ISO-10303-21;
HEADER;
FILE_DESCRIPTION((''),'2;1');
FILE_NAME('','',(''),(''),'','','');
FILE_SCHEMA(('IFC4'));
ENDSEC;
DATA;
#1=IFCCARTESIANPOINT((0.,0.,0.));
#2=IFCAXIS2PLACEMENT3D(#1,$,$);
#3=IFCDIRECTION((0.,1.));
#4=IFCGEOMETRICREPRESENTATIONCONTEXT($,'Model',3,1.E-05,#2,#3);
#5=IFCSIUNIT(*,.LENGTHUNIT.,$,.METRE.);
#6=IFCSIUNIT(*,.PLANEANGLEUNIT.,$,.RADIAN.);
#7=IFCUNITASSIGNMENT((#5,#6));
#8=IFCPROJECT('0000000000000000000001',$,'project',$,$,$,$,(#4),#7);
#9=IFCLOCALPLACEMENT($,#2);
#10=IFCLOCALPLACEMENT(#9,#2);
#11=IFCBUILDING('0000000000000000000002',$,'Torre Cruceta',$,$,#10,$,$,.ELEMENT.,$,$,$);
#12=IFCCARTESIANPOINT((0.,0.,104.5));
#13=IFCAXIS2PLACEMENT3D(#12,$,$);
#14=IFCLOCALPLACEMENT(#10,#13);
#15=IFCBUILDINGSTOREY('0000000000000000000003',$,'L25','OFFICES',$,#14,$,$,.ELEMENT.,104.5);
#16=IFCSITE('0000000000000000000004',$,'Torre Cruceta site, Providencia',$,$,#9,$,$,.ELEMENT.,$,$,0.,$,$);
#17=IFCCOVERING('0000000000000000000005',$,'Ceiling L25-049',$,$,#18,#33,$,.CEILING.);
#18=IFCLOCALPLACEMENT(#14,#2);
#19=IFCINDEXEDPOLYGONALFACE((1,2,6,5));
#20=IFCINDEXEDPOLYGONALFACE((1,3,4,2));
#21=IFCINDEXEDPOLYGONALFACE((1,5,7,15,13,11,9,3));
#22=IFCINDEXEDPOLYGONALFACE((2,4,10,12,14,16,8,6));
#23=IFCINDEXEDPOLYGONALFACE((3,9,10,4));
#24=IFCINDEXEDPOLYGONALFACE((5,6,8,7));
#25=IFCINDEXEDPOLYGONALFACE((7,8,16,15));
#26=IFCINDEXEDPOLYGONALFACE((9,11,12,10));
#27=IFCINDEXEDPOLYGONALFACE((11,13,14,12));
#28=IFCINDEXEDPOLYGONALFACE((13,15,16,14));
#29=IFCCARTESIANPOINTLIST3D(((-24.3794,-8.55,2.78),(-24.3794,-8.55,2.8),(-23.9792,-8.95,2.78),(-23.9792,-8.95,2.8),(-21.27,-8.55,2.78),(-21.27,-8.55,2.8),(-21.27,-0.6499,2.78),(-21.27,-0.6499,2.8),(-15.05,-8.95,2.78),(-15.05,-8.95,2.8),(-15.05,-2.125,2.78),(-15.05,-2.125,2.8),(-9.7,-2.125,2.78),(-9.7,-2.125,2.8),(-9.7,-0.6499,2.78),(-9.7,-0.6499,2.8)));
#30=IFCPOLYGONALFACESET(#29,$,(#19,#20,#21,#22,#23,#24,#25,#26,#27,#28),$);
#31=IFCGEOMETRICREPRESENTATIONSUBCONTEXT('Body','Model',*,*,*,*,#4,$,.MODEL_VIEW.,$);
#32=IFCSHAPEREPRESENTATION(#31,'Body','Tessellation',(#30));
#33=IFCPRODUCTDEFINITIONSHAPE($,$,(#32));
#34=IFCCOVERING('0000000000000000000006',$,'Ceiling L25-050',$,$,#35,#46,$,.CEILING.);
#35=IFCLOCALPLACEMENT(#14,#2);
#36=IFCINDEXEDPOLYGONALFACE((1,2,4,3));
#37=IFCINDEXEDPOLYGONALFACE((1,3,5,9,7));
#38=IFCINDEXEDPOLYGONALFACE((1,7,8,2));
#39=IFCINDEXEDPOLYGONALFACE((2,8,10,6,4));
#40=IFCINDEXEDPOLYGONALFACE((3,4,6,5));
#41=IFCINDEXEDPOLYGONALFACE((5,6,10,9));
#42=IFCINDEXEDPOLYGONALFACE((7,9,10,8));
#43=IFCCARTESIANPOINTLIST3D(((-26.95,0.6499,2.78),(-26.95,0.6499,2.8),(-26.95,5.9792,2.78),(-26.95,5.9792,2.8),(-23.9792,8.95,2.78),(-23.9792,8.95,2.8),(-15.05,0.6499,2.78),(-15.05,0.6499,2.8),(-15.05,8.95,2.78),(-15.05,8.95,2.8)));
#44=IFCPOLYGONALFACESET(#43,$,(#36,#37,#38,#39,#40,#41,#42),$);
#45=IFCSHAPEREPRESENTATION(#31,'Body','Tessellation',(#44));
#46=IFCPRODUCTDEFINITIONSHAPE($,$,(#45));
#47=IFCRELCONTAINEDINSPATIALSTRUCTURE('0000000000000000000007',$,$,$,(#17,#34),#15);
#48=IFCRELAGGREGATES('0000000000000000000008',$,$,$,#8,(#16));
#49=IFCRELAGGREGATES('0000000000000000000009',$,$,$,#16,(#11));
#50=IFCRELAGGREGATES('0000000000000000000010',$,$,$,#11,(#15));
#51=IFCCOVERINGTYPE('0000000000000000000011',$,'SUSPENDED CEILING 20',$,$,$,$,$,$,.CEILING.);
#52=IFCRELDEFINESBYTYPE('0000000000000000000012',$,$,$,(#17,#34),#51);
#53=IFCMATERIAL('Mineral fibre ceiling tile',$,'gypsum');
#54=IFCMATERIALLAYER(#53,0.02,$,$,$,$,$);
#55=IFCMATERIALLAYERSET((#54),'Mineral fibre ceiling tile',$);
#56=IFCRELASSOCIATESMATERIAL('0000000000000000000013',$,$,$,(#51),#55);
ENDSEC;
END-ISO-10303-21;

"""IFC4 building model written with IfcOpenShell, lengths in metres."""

from ifc_helpers import new_model, si_unit, direction, frame, origin, place, context, subcontext, project, spatial, polyline, outline, extrude, material, layer, layer_set, type_object, element, save


model = new_model("IFC4")

# Units and contexts
model_context = context("Model", 3, precision=1e-05, world=origin(), true_north=direction((0.0, 1.0)))
body_context = subcontext(model_context, "Body", "Model", "MODEL_VIEW")
ifc_project = project(units=[si_unit("LENGTHUNIT", "METRE"), si_unit("PLANEANGLEUNIT", "RADIAN")], contexts=[model_context])

# Site, building, storey
site_placement = place(None, origin())
site = spatial("IfcSite", under=ifc_project, at=site_placement, Name="Torre Cruceta site, Providencia", CompositionType="ELEMENT", RefElevation=0.0)
building_placement = place(site_placement, origin())
building = spatial("IfcBuilding", under=site, at=building_placement, Name="Torre Cruceta", CompositionType="ELEMENT")
storey_placement = place(building_placement, frame((0.0, 0.0, 104.5)))
storey = spatial("IfcBuildingStorey", under=building, at=storey_placement, Name="L25", Description="OFFICES", CompositionType="ELEMENT", Elevation=104.5)

# Coverings
ifc_material_1 = material(Name="Mineral fibre ceiling tile", Category="gypsum")
ifc_layer_1 = layer(ifc_material_1, 0.02)
ifc_layer_set_1 = layer_set([ifc_layer_1], Name="Mineral fibre ceiling tile")
covering_type_1 = type_object("IfcCoveringType", Name="SUSPENDED CEILING 20", PredefinedType="CEILING", material=ifc_layer_set_1)
covering_1_placement = place(storey_placement, frame((0.0, 0.0, 2.78)))
element("IfcCovering", 1, at=covering_1_placement, inside=storey, type_object=covering_type_1, Name="Ceiling L25-049", PredefinedType="CEILING", context=body_context, shape_type="SweptSolid", body=[
    extrude(outline(polyline([(-9.7, -2.125), (-15.05, -2.125), (-15.05, -8.95), (-23.9792, -8.95), (-24.3794, -8.55), (-21.27, -8.55), (-21.27, -0.6499), (-9.7, -0.6499), (-9.7, -2.125)])), origin(), (0.0, 0.0, 1.0), 0.02),
])
covering_2_placement = place(storey_placement, frame((0.0, 0.0, 2.78)))
element("IfcCovering", 2, at=covering_2_placement, inside=storey, type_object=covering_type_1, Name="Ceiling L25-050", PredefinedType="CEILING", context=body_context, shape_type="SweptSolid", body=[
    extrude(outline(polyline([(-23.9792, 8.95), (-15.05, 8.95), (-15.05, 0.6499), (-26.95, 0.6499), (-26.95, 5.9792), (-23.9792, 8.95)])), origin(), (0.0, 0.0, 1.0), 0.02),
])

save(model, "model.ifc")
